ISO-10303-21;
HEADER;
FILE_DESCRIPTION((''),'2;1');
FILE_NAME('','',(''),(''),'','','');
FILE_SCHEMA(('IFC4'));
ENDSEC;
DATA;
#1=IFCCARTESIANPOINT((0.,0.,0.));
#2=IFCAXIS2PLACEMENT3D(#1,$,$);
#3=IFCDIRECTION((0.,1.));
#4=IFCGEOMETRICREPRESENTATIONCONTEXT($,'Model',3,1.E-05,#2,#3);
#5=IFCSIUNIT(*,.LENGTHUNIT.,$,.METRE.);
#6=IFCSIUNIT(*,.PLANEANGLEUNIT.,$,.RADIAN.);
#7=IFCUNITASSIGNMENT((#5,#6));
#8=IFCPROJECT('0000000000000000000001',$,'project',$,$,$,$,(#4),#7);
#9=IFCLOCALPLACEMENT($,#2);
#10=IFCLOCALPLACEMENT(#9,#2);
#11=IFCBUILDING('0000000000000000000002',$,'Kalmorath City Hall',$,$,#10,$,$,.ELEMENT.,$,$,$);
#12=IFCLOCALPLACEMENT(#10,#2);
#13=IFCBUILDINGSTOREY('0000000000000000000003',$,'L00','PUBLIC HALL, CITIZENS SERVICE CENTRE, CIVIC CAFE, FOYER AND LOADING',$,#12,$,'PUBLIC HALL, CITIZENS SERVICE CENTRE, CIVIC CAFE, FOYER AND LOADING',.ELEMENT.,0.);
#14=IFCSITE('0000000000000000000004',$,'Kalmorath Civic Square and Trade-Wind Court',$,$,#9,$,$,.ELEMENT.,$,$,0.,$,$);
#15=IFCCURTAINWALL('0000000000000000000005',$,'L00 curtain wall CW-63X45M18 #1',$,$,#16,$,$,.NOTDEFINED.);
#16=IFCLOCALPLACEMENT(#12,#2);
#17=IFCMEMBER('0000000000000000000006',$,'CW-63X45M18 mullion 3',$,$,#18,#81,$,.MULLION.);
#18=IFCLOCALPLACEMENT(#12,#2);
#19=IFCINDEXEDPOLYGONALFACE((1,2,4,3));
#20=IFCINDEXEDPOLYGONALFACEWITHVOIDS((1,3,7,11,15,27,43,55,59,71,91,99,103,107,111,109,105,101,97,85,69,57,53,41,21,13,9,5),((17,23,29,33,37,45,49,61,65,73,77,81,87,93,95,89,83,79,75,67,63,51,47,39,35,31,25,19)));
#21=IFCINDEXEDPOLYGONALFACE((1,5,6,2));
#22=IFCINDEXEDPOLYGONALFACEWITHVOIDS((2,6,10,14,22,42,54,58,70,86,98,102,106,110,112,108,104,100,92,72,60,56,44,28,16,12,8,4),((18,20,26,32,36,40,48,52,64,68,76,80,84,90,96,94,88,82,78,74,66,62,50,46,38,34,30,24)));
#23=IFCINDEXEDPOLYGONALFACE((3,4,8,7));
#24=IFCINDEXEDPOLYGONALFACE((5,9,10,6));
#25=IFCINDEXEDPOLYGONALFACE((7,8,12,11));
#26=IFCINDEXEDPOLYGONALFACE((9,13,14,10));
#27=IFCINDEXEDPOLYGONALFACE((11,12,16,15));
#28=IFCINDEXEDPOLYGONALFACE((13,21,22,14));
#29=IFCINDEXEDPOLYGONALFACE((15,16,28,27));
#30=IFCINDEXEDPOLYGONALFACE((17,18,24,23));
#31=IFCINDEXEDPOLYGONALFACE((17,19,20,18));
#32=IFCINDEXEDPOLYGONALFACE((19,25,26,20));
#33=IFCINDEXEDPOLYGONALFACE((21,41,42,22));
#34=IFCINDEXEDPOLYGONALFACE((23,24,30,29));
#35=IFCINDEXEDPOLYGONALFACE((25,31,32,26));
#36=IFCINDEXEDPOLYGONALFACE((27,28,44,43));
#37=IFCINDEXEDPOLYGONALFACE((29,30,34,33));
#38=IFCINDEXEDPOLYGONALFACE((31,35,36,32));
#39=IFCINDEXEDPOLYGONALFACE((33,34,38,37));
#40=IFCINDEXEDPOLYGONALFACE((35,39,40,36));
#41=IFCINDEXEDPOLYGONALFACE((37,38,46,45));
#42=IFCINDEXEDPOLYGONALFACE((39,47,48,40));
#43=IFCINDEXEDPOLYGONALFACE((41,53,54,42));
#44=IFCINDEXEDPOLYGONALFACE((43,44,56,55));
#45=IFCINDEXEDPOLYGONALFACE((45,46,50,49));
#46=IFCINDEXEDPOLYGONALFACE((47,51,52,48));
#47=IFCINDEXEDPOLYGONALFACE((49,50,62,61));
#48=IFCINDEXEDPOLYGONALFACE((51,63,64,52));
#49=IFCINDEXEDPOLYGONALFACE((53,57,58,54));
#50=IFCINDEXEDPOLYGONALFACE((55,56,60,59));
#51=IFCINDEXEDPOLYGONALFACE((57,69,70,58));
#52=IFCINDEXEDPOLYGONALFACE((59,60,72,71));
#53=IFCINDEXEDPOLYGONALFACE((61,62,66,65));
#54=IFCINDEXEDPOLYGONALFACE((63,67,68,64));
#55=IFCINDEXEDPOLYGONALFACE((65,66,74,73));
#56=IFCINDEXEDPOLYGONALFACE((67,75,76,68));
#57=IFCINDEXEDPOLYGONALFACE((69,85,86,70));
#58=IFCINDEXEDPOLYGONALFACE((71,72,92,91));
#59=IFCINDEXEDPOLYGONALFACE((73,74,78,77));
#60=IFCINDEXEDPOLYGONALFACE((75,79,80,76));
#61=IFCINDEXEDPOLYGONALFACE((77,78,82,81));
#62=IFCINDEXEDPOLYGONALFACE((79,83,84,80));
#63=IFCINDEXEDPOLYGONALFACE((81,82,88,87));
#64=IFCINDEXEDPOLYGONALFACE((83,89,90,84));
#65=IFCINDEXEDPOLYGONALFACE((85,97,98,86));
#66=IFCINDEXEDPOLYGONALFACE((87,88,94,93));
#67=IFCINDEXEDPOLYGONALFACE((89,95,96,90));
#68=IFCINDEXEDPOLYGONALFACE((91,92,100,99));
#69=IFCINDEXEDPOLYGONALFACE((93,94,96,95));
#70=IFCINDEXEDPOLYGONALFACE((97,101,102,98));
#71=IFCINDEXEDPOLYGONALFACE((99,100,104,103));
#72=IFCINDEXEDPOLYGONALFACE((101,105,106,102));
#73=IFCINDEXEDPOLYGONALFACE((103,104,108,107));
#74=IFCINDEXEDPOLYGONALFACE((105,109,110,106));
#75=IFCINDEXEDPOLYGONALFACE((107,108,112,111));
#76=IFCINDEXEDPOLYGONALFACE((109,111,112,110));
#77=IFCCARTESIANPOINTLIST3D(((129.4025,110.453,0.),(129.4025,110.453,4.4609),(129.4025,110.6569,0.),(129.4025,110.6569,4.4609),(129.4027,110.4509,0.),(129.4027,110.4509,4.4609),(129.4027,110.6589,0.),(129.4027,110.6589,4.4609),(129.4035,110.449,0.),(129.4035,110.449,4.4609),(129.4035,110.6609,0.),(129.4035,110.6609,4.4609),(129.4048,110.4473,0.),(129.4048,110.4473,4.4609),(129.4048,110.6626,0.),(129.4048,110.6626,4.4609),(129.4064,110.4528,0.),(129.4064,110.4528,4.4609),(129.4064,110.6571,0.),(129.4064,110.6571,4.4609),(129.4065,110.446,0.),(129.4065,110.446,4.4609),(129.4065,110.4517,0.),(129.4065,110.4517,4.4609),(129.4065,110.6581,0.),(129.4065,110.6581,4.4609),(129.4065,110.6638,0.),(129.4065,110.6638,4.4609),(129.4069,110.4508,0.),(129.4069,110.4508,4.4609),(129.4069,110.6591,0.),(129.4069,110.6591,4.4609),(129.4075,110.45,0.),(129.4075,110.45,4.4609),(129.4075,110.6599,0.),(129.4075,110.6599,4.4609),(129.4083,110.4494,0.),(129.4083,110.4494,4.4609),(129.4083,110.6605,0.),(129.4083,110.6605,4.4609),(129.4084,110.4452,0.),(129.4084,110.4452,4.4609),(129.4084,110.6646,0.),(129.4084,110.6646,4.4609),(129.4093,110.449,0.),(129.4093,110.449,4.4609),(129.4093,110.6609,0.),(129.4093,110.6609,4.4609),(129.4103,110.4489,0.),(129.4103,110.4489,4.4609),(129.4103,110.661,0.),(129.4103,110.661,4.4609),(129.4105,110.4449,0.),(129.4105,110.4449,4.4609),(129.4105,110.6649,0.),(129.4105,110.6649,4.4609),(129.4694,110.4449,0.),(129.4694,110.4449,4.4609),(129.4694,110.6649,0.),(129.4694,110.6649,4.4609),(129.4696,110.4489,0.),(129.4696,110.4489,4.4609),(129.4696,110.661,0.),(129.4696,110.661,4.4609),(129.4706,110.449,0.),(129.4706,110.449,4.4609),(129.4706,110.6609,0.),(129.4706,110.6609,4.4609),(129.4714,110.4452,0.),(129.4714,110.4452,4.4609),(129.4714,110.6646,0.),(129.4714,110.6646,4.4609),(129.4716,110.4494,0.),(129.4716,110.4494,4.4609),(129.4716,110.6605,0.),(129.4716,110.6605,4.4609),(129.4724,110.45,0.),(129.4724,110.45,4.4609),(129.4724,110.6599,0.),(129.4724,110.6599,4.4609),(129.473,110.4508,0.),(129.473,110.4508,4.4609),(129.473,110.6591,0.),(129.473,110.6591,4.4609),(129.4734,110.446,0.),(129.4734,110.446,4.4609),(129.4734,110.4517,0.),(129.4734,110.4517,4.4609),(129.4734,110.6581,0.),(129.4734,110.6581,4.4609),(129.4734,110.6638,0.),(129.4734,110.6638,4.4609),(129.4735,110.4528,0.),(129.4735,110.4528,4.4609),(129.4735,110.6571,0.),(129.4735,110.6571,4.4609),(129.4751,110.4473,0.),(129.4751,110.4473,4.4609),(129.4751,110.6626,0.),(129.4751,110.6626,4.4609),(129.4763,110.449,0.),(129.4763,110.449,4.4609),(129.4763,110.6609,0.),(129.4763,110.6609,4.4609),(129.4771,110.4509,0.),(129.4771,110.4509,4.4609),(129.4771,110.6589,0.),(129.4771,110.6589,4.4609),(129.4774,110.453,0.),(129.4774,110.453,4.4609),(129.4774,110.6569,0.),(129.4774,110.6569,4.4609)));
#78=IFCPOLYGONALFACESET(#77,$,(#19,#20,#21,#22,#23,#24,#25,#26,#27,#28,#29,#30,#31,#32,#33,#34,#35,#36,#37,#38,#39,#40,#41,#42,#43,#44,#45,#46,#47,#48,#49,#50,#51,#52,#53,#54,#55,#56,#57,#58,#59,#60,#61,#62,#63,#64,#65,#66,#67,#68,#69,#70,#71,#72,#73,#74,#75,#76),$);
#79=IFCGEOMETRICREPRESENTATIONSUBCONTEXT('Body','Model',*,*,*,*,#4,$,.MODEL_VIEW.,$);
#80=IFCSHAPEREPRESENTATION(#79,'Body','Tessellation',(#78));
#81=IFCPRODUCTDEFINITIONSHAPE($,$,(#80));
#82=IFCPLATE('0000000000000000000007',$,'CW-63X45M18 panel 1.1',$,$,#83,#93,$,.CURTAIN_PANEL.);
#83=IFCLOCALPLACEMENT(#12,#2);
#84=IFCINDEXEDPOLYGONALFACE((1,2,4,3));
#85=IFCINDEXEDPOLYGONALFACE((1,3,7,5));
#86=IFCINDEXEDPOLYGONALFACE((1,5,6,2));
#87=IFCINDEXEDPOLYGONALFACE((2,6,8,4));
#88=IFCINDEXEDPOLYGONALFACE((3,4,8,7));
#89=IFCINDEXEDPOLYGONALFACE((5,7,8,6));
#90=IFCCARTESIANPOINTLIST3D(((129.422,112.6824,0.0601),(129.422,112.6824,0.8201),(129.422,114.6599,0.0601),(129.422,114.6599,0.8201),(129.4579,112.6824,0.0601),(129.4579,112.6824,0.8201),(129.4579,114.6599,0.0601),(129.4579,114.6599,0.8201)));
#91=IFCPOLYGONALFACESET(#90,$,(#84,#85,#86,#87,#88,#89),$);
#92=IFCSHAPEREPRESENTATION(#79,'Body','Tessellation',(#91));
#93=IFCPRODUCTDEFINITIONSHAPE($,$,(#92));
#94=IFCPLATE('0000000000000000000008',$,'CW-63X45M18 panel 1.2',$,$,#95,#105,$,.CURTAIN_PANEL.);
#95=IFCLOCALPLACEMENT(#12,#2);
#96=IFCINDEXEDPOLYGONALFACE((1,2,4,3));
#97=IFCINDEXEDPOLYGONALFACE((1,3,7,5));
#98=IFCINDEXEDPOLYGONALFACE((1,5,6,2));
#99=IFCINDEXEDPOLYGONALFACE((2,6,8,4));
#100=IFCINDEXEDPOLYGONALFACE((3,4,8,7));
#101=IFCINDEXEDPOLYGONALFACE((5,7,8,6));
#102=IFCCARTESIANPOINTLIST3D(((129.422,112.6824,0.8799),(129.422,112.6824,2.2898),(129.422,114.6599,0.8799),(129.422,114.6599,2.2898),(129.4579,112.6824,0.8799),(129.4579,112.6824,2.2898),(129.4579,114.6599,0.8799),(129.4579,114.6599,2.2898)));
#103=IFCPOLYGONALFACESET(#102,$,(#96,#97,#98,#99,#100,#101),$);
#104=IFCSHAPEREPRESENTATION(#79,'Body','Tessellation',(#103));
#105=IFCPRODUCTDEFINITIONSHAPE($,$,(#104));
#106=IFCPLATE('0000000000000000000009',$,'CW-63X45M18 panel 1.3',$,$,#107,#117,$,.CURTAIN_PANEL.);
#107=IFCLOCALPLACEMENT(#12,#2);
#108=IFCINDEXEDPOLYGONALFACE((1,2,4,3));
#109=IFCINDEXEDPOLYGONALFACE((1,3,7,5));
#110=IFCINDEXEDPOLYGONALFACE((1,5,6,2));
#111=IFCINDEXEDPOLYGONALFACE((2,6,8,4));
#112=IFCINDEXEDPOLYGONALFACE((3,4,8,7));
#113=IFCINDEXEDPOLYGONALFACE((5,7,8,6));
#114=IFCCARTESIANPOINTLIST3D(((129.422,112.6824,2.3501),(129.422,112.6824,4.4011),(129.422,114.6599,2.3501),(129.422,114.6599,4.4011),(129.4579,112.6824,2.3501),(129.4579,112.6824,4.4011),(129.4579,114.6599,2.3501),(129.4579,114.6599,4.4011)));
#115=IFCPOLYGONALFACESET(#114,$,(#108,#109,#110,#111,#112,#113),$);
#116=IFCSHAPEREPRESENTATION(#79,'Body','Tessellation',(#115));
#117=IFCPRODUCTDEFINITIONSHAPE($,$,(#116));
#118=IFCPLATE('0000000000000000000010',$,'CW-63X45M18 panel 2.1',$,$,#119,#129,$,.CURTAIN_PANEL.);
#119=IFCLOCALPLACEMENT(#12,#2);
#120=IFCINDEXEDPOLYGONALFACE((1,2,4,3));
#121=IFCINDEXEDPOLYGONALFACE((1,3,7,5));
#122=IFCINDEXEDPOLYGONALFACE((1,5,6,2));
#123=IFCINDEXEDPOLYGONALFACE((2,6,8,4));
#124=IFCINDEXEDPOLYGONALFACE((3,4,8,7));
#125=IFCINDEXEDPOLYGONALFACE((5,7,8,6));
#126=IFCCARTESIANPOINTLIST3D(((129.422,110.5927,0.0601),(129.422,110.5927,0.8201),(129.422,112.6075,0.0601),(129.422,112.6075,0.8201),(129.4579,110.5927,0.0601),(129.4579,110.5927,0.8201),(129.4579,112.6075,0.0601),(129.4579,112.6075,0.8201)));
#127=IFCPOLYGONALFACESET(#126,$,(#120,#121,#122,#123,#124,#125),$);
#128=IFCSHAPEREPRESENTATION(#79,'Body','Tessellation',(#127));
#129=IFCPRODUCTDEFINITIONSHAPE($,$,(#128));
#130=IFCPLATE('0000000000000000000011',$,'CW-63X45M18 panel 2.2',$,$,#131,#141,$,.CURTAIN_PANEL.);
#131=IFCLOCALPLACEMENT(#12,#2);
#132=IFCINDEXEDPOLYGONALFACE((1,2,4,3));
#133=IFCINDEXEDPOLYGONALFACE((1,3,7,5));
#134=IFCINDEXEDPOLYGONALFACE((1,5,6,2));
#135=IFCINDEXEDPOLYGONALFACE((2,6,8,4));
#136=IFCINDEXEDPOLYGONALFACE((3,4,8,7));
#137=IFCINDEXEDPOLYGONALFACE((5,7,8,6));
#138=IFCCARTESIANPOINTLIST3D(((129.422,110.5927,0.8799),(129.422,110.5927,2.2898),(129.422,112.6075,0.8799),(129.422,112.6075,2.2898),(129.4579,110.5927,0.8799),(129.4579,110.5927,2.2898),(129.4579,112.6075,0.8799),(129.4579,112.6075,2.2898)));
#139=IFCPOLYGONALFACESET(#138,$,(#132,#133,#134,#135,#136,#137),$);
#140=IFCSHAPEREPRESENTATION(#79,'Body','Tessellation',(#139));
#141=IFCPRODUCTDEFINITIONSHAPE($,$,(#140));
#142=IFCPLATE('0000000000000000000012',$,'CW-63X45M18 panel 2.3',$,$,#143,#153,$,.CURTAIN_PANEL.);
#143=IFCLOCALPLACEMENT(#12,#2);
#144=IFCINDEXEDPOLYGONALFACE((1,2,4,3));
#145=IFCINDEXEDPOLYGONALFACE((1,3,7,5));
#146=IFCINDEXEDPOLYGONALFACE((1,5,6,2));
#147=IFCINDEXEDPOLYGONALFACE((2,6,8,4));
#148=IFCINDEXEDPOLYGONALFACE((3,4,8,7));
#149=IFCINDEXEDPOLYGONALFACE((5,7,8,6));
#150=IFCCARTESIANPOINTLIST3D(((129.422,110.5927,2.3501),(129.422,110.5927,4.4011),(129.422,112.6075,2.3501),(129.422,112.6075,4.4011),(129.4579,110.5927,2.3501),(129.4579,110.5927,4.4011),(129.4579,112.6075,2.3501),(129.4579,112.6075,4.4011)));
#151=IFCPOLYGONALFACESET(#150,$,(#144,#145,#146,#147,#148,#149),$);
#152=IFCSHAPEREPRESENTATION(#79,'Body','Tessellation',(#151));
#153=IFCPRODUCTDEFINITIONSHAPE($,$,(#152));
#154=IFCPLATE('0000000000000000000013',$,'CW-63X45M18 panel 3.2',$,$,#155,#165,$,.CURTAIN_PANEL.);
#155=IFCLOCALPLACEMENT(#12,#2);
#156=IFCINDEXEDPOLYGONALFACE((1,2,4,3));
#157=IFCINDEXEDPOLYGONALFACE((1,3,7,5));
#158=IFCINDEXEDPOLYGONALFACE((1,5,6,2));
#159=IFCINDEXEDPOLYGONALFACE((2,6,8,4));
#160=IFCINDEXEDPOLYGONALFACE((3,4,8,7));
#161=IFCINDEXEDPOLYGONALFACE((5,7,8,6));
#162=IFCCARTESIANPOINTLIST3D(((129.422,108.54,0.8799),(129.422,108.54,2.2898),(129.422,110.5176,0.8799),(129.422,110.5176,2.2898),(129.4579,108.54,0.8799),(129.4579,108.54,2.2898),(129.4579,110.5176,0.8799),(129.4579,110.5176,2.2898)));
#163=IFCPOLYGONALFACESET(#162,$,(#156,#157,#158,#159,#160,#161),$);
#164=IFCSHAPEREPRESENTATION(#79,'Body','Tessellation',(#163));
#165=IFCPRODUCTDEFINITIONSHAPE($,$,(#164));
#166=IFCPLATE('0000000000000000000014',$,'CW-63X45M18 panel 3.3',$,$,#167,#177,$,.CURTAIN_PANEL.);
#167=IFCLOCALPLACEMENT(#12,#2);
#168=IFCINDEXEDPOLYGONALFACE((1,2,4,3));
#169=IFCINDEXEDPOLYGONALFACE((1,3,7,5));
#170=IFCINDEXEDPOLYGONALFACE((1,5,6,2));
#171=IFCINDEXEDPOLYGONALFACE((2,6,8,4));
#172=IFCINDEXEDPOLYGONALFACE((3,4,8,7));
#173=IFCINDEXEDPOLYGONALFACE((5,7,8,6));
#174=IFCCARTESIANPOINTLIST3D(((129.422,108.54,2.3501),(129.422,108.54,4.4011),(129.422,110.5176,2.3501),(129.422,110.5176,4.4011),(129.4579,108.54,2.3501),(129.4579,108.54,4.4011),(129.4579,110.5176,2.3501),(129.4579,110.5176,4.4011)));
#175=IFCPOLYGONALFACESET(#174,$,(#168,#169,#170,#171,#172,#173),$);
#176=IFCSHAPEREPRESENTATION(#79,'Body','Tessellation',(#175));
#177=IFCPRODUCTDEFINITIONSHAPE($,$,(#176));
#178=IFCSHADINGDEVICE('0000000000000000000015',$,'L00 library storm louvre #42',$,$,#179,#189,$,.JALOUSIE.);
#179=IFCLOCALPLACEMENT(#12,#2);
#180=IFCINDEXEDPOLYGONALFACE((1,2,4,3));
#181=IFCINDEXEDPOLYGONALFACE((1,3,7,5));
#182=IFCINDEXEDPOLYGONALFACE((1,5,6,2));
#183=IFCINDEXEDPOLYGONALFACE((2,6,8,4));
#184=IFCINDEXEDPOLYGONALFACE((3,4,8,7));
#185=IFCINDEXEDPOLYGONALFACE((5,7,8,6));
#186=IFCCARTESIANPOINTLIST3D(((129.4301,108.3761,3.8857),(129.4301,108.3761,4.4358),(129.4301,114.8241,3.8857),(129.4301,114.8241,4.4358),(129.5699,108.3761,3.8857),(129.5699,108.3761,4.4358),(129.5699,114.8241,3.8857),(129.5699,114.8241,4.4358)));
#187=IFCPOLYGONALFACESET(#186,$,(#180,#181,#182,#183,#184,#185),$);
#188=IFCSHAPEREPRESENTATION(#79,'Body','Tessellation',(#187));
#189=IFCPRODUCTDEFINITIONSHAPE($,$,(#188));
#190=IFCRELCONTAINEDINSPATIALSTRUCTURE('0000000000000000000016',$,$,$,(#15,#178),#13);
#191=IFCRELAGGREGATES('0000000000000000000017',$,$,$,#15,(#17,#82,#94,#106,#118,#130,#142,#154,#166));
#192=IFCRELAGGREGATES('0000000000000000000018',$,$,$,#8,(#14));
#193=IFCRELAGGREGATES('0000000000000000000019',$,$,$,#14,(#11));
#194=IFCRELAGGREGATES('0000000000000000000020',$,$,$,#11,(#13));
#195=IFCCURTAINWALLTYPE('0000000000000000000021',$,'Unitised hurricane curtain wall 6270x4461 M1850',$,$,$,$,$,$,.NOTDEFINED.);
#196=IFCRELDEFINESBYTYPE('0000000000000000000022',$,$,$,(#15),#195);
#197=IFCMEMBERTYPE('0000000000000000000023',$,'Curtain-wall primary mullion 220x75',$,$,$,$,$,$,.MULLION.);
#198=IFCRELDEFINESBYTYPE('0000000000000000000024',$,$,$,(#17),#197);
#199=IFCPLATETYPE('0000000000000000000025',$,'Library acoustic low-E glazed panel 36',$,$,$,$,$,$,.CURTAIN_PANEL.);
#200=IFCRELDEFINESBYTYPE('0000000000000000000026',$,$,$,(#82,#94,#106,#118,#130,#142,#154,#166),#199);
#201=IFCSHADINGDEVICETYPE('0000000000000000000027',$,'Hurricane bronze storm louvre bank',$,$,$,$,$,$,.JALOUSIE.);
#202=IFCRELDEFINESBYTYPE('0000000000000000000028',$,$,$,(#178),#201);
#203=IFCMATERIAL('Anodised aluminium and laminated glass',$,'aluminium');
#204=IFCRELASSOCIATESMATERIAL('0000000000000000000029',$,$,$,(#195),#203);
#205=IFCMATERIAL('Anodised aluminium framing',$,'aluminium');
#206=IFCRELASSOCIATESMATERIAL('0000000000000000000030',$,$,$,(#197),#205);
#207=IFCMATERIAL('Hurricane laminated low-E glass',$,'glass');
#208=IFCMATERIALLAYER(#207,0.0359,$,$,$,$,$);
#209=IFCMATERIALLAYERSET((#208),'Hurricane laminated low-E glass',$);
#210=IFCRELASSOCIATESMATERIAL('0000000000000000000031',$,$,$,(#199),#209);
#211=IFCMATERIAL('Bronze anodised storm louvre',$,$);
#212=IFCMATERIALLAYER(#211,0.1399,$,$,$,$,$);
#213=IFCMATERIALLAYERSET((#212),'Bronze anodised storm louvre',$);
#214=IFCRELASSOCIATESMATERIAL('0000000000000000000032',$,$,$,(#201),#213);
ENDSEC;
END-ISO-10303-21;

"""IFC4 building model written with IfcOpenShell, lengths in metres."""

from ifc_helpers import new_model, si_unit, direction, frame, origin, origin_2d, place, context, subcontext, project, spatial, rectangle, hollow_rectangle, extrude, material, layer, layer_set, material_profile, profile_set, type_object, element, aggregate, save


model = new_model("IFC4")

# Units and contexts
model_context = context("Model", 3, precision=1e-05, world=origin(), true_north=direction((0.0, 1.0)))
body_context = subcontext(model_context, "Body", "Model", "MODEL_VIEW")
ifc_project = project(units=[si_unit("LENGTHUNIT", "METRE"), si_unit("PLANEANGLEUNIT", "RADIAN")], contexts=[model_context])

# Site, building, storey
site_placement = place(None, origin())
site = spatial("IfcSite", under=ifc_project, at=site_placement, Name="Kalmorath Civic Square and Trade-Wind Court", CompositionType="ELEMENT", RefElevation=0.0)
building_placement = place(site_placement, origin())
building = spatial("IfcBuilding", under=site, at=building_placement, Name="Kalmorath City Hall", CompositionType="ELEMENT")
storey_placement = place(building_placement, origin())
storey = spatial("IfcBuildingStorey", under=building, at=storey_placement, Name="L00", Description="PUBLIC HALL, CITIZENS SERVICE CENTRE, CIVIC CAFE, FOYER AND LOADING", LongName="PUBLIC HALL, CITIZENS SERVICE CENTRE, CIVIC CAFE, FOYER AND LOADING", CompositionType="ELEMENT", Elevation=0.0)

# Curtain wall, member, plates
ifc_material_1 = material(Name="Anodised aluminium and laminated glass", Category="aluminium")
curtain_wall_type = type_object("IfcCurtainWallType", Name="Unitised hurricane curtain wall 6270x4461 M1850", PredefinedType="NOTDEFINED", material=ifc_material_1)
curtain_wall_placement = place(storey_placement, origin())
curtain_wall = element("IfcCurtainWall", 1, at=curtain_wall_placement, inside=storey, type_object=curtain_wall_type, Name="L00 curtain wall CW-63X45M18 #1", PredefinedType="NOTDEFINED")
ifc_material_2 = material(Name="Anodised aluminium framing", Category="aluminium")
ifc_material_profile_1 = material_profile(ifc_material_2, hollow_rectangle(XDim=0.075, YDim=0.22, WallThickness=0.0039, InnerFilletRadius=0.0039, OuterFilletRadius=0.0081, at=origin_2d()), Name="ALU-MUL-220X75X4")
ifc_profile_set_1 = profile_set([ifc_material_profile_1], Name="Anodised aluminium framing")
member_type_1 = type_object("IfcMemberType", Name="Curtain-wall primary mullion 220x75", PredefinedType="MULLION", material=ifc_profile_set_1)
member_1_placement = place(storey_placement, frame((129.4399, 110.5549, 0.0), z_axis=(0.0, 0.0, 1.0), x_axis=(1.0, 0.0, 0.0)))
member_1 = element("IfcMember", 2, at=member_1_placement, type_object=member_type_1, Name="CW-63X45M18 mullion 3", PredefinedType="MULLION", context=body_context, shape_type="SweptSolid", body=[
    extrude(hollow_rectangle(XDim=0.075, YDim=0.22, WallThickness=0.0039, InnerFilletRadius=0.0039, OuterFilletRadius=0.0081, at=origin_2d()), origin(), (0.0, 0.0, 1.0), 4.4609),
])
ifc_material_3 = material(Name="Hurricane laminated low-E glass", Category="glass")
ifc_layer_1 = layer(ifc_material_3, 0.0359)
ifc_layer_set_1 = layer_set([ifc_layer_1], Name="Hurricane laminated low-E glass")
plate_type = type_object("IfcPlateType", Name="Library acoustic low-E glazed panel 36", PredefinedType="CURTAIN_PANEL", material=ifc_layer_set_1)
plate_1_placement = place(storey_placement, frame((129.4399, 113.6711, 0.0601), z_axis=(0.0, 0.0, 1.0), x_axis=(0.0, -1.0, 0.0)))
plate_1 = element("IfcPlate", 3, at=plate_1_placement, type_object=plate_type, Name="CW-63X45M18 panel 1.1", PredefinedType="CURTAIN_PANEL", context=body_context, shape_type="SweptSolid", body=[
    extrude(rectangle(XDim=1.9775, YDim=0.0359, at=origin_2d()), origin(), (0.0, 0.0, 1.0), 0.76),
])
plate_2_placement = place(storey_placement, frame((129.4399, 113.6711, 0.8799), z_axis=(0.0, 0.0, 1.0), x_axis=(0.0, -1.0, 0.0)))
plate_2 = element("IfcPlate", 4, at=plate_2_placement, type_object=plate_type, Name="CW-63X45M18 panel 1.2", PredefinedType="CURTAIN_PANEL", context=body_context, shape_type="SweptSolid", body=[
    extrude(rectangle(XDim=1.9775, YDim=0.0359, at=origin_2d()), origin(), (0.0, 0.0, 1.0), 1.4099),
])
plate_3_placement = place(storey_placement, frame((129.4399, 113.6711, 2.3501), z_axis=(0.0, 0.0, 1.0), x_axis=(0.0, -1.0, 0.0)))
plate_3 = element("IfcPlate", 5, at=plate_3_placement, type_object=plate_type, Name="CW-63X45M18 panel 1.3", PredefinedType="CURTAIN_PANEL", context=body_context, shape_type="SweptSolid", body=[
    extrude(rectangle(XDim=1.9775, YDim=0.0359, at=origin_2d()), origin(), (0.0, 0.0, 1.0), 2.051),
])
plate_4_placement = place(storey_placement, frame((129.4399, 111.6001, 0.0601), z_axis=(0.0, 0.0, 1.0), x_axis=(0.0, -1.0, 0.0)))
plate_4 = element("IfcPlate", 6, at=plate_4_placement, type_object=plate_type, Name="CW-63X45M18 panel 2.1", PredefinedType="CURTAIN_PANEL", context=body_context, shape_type="SweptSolid", body=[
    extrude(rectangle(XDim=2.0149, YDim=0.0359, at=origin_2d()), origin(), (0.0, 0.0, 1.0), 0.76),
])
plate_5_placement = place(storey_placement, frame((129.4399, 111.6001, 0.8799), z_axis=(0.0, 0.0, 1.0), x_axis=(0.0, -1.0, 0.0)))
plate_5 = element("IfcPlate", 7, at=plate_5_placement, type_object=plate_type, Name="CW-63X45M18 panel 2.2", PredefinedType="CURTAIN_PANEL", context=body_context, shape_type="SweptSolid", body=[
    extrude(rectangle(XDim=2.0149, YDim=0.0359, at=origin_2d()), origin(), (0.0, 0.0, 1.0), 1.4099),
])
plate_6_placement = place(storey_placement, frame((129.4399, 111.6001, 2.3501), z_axis=(0.0, 0.0, 1.0), x_axis=(0.0, -1.0, 0.0)))
plate_6 = element("IfcPlate", 8, at=plate_6_placement, type_object=plate_type, Name="CW-63X45M18 panel 2.3", PredefinedType="CURTAIN_PANEL", context=body_context, shape_type="SweptSolid", body=[
    extrude(rectangle(XDim=2.0149, YDim=0.0359, at=origin_2d()), origin(), (0.0, 0.0, 1.0), 2.051),
])
plate_7_placement = place(storey_placement, frame((129.4399, 109.5288, 0.8799), z_axis=(0.0, 0.0, 1.0), x_axis=(0.0, -1.0, 0.0)))
plate_7 = element("IfcPlate", 9, at=plate_7_placement, type_object=plate_type, Name="CW-63X45M18 panel 3.2", PredefinedType="CURTAIN_PANEL", context=body_context, shape_type="SweptSolid", body=[
    extrude(rectangle(XDim=1.9775, YDim=0.0359, at=origin_2d()), origin(), (0.0, 0.0, 1.0), 1.4099),
])
plate_8_placement = place(storey_placement, frame((129.4399, 109.5288, 2.3501), z_axis=(0.0, 0.0, 1.0), x_axis=(0.0, -1.0, 0.0)))
plate_8 = element("IfcPlate", 10, at=plate_8_placement, type_object=plate_type, Name="CW-63X45M18 panel 3.3", PredefinedType="CURTAIN_PANEL", context=body_context, shape_type="SweptSolid", body=[
    extrude(rectangle(XDim=1.9775, YDim=0.0359, at=origin_2d()), origin(), (0.0, 0.0, 1.0), 2.051),
])
aggregate(curtain_wall, [member_1, plate_1, plate_2, plate_3, plate_4, plate_5, plate_6, plate_7, plate_8])

# Shading device
ifc_material_4 = material(Name="Bronze anodised storm louvre")
ifc_layer_2 = layer(ifc_material_4, 0.1399)
ifc_layer_set_2 = layer_set([ifc_layer_2], Name="Bronze anodised storm louvre")
shading_device_type = type_object("IfcShadingDeviceType", Name="Hurricane bronze storm louvre bank", PredefinedType="JALOUSIE", material=ifc_layer_set_2)
shading_device_placement = place(storey_placement, frame((129.5, 111.6001, 3.8857), z_axis=(0.0, 0.0, 1.0), x_axis=(0.0, -1.0, 0.0)))
element("IfcShadingDevice", 11, at=shading_device_placement, inside=storey, type_object=shading_device_type, Name="L00 library storm louvre #42", PredefinedType="JALOUSIE", context=body_context, shape_type="SweptSolid", body=[
    extrude(rectangle(XDim=6.448, YDim=0.1399, at=origin_2d()), origin(), (0.0, 0.0, 1.0), 0.55),
])

save(model, "model.ifc")
